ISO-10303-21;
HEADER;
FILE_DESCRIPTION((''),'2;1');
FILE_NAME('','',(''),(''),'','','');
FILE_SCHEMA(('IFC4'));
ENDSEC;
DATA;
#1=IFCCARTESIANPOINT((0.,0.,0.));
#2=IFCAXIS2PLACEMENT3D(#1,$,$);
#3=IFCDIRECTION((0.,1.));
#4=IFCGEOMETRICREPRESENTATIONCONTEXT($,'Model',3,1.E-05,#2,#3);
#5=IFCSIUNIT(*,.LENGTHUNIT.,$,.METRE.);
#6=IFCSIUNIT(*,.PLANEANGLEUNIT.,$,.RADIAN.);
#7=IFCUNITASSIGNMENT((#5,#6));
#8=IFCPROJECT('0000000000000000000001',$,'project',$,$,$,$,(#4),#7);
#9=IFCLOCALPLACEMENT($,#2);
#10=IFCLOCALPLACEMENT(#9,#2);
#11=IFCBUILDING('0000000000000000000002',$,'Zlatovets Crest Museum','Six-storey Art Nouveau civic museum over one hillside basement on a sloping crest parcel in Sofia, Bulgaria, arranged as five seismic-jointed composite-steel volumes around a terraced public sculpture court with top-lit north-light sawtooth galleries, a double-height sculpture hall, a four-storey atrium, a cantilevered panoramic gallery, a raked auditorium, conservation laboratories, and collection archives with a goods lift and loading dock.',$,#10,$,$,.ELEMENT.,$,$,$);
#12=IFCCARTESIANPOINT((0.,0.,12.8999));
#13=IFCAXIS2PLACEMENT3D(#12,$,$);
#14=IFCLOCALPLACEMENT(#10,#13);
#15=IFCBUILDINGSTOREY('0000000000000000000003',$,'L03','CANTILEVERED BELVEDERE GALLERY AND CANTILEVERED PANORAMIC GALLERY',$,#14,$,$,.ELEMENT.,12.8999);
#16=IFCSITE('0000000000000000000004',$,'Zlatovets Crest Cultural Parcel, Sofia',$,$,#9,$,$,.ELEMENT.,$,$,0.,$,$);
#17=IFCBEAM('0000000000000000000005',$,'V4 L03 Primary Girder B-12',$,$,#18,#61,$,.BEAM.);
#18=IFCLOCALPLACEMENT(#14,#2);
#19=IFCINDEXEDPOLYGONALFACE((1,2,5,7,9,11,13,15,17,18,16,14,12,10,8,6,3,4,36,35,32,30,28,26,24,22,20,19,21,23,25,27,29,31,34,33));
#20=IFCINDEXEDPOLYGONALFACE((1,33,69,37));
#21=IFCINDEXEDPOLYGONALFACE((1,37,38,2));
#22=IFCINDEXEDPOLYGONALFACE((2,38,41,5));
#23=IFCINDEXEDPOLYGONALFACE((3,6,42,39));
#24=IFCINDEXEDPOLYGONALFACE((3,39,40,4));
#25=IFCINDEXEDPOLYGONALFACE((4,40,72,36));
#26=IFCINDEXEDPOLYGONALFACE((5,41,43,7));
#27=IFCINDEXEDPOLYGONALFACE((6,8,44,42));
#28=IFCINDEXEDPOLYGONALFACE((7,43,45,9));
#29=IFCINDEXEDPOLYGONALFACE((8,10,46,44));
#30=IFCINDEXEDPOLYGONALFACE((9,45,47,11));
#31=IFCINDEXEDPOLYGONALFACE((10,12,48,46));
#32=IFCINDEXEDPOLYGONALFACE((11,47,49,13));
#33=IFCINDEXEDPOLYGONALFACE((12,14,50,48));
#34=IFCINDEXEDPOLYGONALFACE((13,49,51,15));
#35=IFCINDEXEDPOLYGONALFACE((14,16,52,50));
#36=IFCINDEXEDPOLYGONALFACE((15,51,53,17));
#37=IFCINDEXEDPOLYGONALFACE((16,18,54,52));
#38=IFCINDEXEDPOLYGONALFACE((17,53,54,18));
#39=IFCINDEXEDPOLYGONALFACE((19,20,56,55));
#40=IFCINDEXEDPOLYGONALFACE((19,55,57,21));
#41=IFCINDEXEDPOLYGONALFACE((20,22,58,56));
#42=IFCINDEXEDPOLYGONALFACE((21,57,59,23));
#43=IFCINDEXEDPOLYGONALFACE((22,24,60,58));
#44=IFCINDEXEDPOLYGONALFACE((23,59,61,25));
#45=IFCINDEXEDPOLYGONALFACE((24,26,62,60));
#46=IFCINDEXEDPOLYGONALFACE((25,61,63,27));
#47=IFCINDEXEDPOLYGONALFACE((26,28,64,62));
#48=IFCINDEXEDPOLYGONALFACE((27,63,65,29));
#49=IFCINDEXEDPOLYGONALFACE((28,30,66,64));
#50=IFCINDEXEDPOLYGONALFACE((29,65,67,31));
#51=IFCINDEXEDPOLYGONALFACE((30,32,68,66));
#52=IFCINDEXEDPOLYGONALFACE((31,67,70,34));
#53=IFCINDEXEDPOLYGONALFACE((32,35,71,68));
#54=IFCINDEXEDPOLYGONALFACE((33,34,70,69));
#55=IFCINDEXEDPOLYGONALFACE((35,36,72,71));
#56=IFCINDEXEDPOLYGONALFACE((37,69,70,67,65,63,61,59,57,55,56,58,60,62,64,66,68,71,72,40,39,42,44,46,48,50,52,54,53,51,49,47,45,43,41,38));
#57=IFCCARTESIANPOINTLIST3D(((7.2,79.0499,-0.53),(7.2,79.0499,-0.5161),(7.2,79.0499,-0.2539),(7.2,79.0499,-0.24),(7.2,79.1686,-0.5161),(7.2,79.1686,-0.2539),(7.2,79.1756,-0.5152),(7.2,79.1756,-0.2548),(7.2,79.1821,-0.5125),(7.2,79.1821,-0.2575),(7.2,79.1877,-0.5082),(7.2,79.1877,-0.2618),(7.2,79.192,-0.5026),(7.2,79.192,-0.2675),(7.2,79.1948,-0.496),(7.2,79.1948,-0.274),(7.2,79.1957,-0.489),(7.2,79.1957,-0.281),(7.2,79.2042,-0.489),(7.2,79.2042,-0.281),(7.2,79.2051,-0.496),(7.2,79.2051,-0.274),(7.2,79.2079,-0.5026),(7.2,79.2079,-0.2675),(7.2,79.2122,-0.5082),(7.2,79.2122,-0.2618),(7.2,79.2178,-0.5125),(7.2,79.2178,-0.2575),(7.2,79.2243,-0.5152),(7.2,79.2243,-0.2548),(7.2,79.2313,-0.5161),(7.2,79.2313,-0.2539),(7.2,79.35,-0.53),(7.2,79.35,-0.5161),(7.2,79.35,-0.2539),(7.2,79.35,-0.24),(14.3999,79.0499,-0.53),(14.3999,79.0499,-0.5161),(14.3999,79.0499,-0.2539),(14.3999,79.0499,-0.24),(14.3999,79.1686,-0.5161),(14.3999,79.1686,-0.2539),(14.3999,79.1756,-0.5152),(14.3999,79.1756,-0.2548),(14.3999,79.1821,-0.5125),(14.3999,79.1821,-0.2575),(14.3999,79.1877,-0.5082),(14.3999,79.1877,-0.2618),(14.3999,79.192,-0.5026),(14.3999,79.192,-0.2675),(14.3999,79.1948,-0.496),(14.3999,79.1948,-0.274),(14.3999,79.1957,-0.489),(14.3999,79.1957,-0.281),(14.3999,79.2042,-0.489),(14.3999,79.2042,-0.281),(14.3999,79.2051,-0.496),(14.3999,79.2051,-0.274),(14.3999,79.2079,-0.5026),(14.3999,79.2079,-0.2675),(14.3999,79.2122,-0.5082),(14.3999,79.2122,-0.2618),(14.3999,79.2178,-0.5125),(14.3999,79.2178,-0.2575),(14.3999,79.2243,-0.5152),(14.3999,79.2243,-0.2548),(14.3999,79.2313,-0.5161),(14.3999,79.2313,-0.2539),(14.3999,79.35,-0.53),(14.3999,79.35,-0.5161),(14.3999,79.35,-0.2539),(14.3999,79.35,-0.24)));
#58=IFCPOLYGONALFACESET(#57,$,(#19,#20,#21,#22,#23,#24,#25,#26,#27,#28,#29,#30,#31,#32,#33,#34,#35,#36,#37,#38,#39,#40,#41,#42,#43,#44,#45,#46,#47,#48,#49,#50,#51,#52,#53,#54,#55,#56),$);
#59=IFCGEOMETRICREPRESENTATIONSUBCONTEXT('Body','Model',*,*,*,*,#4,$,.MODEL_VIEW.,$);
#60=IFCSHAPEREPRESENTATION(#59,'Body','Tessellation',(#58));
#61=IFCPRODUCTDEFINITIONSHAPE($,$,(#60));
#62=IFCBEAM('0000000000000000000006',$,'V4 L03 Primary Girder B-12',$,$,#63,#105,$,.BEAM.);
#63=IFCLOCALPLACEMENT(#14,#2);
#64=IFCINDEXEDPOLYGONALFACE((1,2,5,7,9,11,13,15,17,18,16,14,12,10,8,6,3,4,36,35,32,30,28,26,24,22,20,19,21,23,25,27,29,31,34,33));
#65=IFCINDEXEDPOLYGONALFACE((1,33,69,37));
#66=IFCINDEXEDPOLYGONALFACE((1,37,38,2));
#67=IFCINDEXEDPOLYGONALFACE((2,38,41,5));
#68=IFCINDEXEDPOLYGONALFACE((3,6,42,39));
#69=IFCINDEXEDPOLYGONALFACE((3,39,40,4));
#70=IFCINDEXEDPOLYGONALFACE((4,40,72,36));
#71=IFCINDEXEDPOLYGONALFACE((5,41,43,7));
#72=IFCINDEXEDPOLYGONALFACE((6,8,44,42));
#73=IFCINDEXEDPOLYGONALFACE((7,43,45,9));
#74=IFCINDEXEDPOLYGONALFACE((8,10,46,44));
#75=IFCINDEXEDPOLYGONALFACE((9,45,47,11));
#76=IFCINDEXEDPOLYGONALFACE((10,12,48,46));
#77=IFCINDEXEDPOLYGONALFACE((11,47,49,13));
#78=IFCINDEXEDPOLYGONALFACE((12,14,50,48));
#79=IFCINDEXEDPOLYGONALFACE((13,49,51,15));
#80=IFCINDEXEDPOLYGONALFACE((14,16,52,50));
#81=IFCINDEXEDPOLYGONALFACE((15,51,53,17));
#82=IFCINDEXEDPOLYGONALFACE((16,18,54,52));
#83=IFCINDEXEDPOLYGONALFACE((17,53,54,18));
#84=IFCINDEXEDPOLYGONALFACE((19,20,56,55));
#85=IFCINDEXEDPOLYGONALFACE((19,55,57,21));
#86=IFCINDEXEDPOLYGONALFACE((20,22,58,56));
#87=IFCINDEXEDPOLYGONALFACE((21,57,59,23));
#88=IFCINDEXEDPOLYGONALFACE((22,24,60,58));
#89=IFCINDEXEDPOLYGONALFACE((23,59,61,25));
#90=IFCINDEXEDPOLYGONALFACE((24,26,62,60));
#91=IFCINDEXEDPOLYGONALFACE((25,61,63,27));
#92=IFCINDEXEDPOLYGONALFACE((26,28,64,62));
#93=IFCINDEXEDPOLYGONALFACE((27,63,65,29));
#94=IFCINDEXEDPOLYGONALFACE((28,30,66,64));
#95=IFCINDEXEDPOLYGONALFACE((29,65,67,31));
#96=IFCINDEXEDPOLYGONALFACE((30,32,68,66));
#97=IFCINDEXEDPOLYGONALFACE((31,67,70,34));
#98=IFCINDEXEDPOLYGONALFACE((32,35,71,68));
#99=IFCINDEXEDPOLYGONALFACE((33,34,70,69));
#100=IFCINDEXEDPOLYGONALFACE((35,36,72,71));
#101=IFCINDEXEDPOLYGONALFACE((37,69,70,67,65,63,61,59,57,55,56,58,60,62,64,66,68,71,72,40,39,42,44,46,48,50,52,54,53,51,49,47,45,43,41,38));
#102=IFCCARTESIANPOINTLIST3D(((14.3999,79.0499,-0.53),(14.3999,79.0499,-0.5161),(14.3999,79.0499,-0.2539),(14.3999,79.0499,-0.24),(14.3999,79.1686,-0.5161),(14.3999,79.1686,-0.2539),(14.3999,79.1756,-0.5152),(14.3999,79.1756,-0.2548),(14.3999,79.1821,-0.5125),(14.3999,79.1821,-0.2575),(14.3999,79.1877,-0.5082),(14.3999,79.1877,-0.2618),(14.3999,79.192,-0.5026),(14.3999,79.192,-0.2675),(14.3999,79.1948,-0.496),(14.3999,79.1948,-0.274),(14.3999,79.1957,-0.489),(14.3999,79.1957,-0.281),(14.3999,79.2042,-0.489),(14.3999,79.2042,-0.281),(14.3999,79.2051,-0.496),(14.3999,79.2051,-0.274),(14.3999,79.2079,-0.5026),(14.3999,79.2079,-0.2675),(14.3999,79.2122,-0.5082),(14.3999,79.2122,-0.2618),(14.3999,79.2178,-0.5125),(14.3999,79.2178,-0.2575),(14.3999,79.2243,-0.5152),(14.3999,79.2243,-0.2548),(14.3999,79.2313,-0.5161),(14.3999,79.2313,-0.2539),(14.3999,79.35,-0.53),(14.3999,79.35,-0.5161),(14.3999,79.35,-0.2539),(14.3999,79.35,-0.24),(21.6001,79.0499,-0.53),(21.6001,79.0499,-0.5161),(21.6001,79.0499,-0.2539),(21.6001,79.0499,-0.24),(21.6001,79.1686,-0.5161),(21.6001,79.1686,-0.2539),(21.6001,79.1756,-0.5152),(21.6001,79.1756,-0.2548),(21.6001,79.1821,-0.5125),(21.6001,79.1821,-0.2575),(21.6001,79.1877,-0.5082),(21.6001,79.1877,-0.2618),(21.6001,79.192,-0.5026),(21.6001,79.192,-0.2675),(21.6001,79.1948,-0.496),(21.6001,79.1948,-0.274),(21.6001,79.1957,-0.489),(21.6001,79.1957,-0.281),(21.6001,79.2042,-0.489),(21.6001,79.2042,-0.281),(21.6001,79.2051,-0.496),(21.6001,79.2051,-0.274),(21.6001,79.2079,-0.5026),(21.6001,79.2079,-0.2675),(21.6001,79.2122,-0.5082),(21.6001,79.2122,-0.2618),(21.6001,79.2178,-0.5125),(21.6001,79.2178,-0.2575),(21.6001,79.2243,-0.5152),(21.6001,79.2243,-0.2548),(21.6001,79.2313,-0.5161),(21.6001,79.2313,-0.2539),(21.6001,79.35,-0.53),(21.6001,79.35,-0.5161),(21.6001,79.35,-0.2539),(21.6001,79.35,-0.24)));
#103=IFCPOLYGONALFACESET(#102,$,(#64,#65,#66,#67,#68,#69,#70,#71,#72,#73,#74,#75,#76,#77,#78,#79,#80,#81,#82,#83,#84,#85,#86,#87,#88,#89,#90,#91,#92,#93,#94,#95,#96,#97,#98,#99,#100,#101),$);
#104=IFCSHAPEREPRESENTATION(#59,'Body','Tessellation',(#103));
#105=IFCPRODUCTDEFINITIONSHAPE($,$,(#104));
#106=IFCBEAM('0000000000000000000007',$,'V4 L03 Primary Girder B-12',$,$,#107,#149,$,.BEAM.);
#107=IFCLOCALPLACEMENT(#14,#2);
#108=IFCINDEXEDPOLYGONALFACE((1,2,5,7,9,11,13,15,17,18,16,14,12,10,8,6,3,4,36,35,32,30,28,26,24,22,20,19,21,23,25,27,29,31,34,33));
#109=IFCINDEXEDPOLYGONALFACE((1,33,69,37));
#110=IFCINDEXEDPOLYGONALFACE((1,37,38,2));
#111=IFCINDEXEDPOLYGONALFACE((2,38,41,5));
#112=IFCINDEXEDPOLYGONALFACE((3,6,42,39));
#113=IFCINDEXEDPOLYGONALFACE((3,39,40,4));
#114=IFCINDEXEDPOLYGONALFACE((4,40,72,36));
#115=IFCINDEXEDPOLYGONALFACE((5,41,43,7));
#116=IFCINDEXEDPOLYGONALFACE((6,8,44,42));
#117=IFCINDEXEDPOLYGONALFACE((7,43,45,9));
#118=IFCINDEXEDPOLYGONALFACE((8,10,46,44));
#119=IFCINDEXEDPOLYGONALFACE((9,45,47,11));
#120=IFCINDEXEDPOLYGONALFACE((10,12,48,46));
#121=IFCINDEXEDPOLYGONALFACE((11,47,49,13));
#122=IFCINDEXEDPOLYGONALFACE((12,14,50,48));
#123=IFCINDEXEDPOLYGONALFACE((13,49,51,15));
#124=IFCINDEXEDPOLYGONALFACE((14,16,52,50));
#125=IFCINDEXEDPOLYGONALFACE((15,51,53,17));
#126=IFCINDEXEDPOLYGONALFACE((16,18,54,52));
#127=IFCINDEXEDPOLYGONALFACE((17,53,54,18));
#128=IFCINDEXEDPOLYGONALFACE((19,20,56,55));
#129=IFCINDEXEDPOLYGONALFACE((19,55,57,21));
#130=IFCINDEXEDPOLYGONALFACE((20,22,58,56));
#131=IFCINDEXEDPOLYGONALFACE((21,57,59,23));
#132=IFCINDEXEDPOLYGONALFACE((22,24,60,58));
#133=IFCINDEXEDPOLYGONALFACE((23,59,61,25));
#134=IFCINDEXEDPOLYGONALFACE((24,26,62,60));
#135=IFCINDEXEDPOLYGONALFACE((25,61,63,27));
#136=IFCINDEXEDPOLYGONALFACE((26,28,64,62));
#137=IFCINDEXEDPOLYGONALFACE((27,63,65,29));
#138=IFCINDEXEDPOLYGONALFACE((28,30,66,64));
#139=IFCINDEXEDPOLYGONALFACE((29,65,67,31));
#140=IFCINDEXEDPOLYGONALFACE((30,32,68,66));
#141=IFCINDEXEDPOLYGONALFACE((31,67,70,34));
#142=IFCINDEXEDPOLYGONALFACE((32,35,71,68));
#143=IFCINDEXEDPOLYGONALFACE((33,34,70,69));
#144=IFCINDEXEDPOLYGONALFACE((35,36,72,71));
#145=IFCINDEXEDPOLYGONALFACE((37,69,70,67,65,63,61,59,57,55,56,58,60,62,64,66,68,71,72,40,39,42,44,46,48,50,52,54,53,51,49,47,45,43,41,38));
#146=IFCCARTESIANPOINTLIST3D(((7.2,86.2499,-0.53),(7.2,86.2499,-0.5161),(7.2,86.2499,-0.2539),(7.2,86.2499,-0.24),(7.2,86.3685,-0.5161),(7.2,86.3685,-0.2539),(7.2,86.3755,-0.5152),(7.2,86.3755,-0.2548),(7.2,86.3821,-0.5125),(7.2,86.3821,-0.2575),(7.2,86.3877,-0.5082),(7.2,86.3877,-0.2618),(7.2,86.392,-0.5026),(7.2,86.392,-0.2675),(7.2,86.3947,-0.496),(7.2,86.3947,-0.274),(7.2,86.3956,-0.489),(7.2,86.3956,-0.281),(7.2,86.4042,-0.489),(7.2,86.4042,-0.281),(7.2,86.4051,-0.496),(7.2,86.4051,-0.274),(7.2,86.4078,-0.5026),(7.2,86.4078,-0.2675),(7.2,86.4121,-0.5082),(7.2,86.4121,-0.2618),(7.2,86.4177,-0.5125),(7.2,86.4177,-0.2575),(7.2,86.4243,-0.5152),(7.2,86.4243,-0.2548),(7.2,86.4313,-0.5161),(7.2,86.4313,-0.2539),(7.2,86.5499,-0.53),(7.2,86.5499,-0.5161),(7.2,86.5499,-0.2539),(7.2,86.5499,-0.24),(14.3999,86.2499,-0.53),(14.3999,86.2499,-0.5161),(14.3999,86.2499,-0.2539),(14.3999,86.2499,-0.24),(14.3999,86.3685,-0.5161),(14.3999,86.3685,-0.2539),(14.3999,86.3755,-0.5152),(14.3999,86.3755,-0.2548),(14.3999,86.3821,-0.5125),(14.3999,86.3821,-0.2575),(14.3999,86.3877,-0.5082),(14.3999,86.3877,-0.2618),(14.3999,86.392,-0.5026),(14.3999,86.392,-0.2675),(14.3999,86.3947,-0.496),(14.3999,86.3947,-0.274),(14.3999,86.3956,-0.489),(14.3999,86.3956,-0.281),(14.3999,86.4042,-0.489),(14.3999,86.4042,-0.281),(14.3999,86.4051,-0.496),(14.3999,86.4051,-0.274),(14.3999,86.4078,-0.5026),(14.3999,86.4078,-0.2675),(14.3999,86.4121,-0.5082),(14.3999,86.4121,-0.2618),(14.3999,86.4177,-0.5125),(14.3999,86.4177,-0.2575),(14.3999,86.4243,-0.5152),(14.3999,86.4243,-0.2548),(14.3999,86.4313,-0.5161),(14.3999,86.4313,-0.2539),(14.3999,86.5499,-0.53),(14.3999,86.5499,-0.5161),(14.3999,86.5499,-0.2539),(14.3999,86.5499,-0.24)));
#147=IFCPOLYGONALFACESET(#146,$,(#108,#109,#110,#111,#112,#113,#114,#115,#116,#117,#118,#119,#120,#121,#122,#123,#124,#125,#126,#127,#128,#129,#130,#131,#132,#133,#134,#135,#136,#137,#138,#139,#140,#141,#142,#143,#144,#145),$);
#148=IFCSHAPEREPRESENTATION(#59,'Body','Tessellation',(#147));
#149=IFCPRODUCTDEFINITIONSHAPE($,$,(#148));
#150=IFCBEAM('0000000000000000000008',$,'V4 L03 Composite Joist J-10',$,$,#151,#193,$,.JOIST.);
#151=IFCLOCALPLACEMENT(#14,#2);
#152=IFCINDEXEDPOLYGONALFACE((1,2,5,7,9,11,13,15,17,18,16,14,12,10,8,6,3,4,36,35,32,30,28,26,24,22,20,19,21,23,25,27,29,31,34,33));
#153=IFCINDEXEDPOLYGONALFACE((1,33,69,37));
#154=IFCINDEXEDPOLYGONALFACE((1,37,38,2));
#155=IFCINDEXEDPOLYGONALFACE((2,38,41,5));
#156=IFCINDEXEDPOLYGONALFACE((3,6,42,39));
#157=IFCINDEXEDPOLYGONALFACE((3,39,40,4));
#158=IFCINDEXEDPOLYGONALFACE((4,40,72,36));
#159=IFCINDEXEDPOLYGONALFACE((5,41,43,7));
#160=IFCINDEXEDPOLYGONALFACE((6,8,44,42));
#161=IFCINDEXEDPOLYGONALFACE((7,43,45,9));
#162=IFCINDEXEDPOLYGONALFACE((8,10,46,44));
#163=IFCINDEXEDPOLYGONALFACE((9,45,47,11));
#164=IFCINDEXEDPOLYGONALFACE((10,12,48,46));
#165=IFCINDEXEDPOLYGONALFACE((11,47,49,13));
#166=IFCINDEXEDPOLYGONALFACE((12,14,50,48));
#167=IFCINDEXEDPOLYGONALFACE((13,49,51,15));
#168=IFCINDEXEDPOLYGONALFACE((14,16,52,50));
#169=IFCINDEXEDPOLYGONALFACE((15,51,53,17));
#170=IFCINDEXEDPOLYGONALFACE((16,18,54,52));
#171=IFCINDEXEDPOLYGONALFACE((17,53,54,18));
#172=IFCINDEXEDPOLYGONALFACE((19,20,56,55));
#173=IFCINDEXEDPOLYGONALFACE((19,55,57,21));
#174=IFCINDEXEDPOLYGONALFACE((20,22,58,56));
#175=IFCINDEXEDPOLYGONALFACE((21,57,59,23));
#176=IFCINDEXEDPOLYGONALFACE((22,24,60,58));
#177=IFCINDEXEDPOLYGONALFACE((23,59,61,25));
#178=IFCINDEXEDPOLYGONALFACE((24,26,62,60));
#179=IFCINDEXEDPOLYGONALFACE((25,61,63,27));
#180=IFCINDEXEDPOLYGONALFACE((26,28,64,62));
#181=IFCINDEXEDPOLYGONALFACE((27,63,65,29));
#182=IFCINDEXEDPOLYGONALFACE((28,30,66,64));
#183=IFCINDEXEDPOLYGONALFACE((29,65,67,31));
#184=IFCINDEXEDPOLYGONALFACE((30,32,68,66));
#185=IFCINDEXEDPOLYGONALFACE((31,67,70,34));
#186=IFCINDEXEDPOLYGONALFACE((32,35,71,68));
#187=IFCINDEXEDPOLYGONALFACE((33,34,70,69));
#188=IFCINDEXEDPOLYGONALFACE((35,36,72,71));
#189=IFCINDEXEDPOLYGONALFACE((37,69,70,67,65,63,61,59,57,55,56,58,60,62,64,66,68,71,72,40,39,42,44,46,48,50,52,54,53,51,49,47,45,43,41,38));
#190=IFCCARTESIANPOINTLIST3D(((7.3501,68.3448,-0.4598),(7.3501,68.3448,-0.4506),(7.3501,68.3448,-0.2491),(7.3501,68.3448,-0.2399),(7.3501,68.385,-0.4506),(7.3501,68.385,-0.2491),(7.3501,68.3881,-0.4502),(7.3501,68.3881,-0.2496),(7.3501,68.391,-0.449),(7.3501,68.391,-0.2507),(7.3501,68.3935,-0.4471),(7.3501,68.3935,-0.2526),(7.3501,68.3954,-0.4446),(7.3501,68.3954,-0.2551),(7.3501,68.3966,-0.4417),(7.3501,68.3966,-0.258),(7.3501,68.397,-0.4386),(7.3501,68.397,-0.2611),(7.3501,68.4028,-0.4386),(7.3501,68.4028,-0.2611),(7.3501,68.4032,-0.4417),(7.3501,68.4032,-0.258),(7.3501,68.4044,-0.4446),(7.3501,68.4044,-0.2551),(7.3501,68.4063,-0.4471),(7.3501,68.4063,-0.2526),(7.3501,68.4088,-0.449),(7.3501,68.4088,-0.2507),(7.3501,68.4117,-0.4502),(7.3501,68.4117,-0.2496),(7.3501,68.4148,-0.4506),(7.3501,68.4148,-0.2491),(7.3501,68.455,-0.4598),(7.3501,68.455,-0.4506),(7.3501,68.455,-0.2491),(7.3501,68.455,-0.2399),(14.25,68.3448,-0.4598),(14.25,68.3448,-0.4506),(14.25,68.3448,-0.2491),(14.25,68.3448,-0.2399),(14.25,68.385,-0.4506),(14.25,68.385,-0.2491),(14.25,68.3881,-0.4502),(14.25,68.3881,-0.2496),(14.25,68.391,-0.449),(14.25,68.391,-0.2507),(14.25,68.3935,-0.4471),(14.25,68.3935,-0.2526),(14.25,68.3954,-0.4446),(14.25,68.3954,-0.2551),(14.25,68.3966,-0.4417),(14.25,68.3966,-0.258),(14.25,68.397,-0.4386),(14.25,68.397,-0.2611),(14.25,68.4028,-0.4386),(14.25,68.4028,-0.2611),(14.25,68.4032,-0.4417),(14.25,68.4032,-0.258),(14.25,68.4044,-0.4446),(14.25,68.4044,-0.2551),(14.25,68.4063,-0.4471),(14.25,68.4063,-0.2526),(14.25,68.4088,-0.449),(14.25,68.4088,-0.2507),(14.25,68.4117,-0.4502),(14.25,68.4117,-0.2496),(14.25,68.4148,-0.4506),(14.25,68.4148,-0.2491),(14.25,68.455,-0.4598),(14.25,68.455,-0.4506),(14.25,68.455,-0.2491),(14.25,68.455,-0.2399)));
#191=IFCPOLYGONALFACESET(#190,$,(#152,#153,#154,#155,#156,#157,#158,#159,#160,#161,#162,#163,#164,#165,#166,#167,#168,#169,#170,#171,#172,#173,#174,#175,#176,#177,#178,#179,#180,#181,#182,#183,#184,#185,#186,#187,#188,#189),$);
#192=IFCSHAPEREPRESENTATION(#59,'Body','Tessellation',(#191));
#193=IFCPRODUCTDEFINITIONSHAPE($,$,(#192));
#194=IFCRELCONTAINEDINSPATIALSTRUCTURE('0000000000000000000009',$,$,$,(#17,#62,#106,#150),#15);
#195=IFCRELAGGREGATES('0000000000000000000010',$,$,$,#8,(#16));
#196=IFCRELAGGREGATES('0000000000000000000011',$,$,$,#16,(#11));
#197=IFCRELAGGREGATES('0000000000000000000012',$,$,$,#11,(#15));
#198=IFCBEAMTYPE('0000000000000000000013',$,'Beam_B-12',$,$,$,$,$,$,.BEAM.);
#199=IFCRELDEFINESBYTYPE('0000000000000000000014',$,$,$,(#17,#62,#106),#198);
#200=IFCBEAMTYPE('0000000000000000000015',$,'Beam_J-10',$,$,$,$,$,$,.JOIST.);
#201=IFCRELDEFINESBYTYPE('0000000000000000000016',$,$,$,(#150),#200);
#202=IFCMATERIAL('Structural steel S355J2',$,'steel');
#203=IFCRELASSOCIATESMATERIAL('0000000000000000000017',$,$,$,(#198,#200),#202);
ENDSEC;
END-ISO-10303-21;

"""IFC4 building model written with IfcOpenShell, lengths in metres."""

from ifc_helpers import new_model, si_unit, direction, frame, origin, origin_2d, place, context, subcontext, project, spatial, i_section, extrude, material, material_profile, profile_set, type_object, element, save


model = new_model("IFC4")

# Units and contexts
model_context = context("Model", 3, precision=1e-05, world=origin(), true_north=direction((0.0, 1.0)))
body_context = subcontext(model_context, "Body", "Model", "MODEL_VIEW")
ifc_project = project(units=[si_unit("LENGTHUNIT", "METRE"), si_unit("PLANEANGLEUNIT", "RADIAN")], contexts=[model_context])

# Site, building, storey
site_placement = place(None, origin())
site = spatial("IfcSite", under=ifc_project, at=site_placement, Name="Zlatovets Crest Cultural Parcel, Sofia", CompositionType="ELEMENT", RefElevation=0.0)
building_placement = place(site_placement, origin())
building = spatial("IfcBuilding", under=site, at=building_placement, Name="Zlatovets Crest Museum", Description="Six-storey Art Nouveau civic museum over one hillside basement on a sloping crest parcel in Sofia, Bulgaria, arranged as five seismic-jointed composite-steel volumes around a terraced public sculpture court with top-lit north-light sawtooth galleries, a double-height sculpture hall, a four-storey atrium, a cantilevered panoramic gallery, a raked auditorium, conservation laboratories, and collection archives with a goods lift and loading dock.", CompositionType="ELEMENT")
storey_placement = place(building_placement, frame((0.0, 0.0, 12.8999)))
storey = spatial("IfcBuildingStorey", under=building, at=storey_placement, Name="L03", Description="CANTILEVERED BELVEDERE GALLERY AND CANTILEVERED PANORAMIC GALLERY", CompositionType="ELEMENT", Elevation=12.8999)

# Shared definitions
ifc_material = material(Name="Structural steel S355J2", Category="steel")

# Beams
ifc_material_profile_1 = material_profile(ifc_material, i_section(OverallWidth=0.3, OverallDepth=0.29, WebThickness=0.0085, FlangeThickness=0.0139, FilletRadius=0.0271, at=origin_2d()), Name="HEA 300")
ifc_profile_set_1 = profile_set([ifc_material_profile_1], Name="Structural steel S355J2")
beam_type_1 = type_object("IfcBeamType", Name="Beam_B-12", PredefinedType="BEAM", material=ifc_profile_set_1)
beam_1_placement = place(storey_placement, frame((7.2, 79.2, -0.385), z_axis=(1.0, 0.0, 0.0), x_axis=(0.0, 1.0, 0.0)))
element("IfcBeam", 1, at=beam_1_placement, inside=storey, type_object=beam_type_1, Name="V4 L03 Primary Girder B-12", PredefinedType="BEAM", context=body_context, shape_type="SweptSolid", body=[
    extrude(i_section(OverallWidth=0.3, OverallDepth=0.29, WebThickness=0.0085, FlangeThickness=0.0139, FilletRadius=0.0271, at=origin_2d()), origin(), (0.0, 0.0, 1.0), 7.2),
])
beam_2_placement = place(storey_placement, frame((14.3999, 79.2, -0.385), z_axis=(1.0, 0.0, 0.0), x_axis=(0.0, 1.0, 0.0)))
element("IfcBeam", 2, at=beam_2_placement, inside=storey, type_object=beam_type_1, Name="V4 L03 Primary Girder B-12", PredefinedType="BEAM", context=body_context, shape_type="SweptSolid", body=[
    extrude(i_section(OverallWidth=0.3, OverallDepth=0.29, WebThickness=0.0085, FlangeThickness=0.0139, FilletRadius=0.0271, at=origin_2d()), origin(), (0.0, 0.0, 1.0), 7.2002),
])
beam_3_placement = place(storey_placement, frame((7.2, 86.3999, -0.385), z_axis=(1.0, 0.0, 0.0), x_axis=(0.0, 1.0, 0.0)))
element("IfcBeam", 3, at=beam_3_placement, inside=storey, type_object=beam_type_1, Name="V4 L03 Primary Girder B-12", PredefinedType="BEAM", context=body_context, shape_type="SweptSolid", body=[
    extrude(i_section(OverallWidth=0.3, OverallDepth=0.29, WebThickness=0.0085, FlangeThickness=0.0139, FilletRadius=0.0271, at=origin_2d()), origin(), (0.0, 0.0, 1.0), 7.2),
])
ifc_material_profile_2 = material_profile(ifc_material, i_section(OverallWidth=0.1101, OverallDepth=0.22, WebThickness=0.0059, FlangeThickness=0.0093, FilletRadius=0.012, at=origin_2d()), Name="IPE 220")
ifc_profile_set_2 = profile_set([ifc_material_profile_2], Name="Structural steel S355J2")
beam_type_2 = type_object("IfcBeamType", Name="Beam_J-10", PredefinedType="JOIST", material=ifc_profile_set_2)
for number, where, z_axis, x_axis, name in (
    (4, (7.3501, 68.3999, -0.3499), (1.0, 0.0, 0.0), (0.0, 1.0, 0.0), "V4 L03 Composite Joist J-10"),
):
    element("IfcBeam", number, at=place(storey_placement, frame(where, z_axis=z_axis, x_axis=x_axis)), inside=storey, type_object=beam_type_2, Name=name, PredefinedType="JOIST", context=body_context, shape_type="SweptSolid", body=[
        extrude(i_section(OverallWidth=0.1101, OverallDepth=0.22, WebThickness=0.0059, FlangeThickness=0.0093, FilletRadius=0.012, at=origin_2d()), origin(), (0.0, 0.0, 1.0), 6.8999),
    ])

save(model, "model.ifc")
